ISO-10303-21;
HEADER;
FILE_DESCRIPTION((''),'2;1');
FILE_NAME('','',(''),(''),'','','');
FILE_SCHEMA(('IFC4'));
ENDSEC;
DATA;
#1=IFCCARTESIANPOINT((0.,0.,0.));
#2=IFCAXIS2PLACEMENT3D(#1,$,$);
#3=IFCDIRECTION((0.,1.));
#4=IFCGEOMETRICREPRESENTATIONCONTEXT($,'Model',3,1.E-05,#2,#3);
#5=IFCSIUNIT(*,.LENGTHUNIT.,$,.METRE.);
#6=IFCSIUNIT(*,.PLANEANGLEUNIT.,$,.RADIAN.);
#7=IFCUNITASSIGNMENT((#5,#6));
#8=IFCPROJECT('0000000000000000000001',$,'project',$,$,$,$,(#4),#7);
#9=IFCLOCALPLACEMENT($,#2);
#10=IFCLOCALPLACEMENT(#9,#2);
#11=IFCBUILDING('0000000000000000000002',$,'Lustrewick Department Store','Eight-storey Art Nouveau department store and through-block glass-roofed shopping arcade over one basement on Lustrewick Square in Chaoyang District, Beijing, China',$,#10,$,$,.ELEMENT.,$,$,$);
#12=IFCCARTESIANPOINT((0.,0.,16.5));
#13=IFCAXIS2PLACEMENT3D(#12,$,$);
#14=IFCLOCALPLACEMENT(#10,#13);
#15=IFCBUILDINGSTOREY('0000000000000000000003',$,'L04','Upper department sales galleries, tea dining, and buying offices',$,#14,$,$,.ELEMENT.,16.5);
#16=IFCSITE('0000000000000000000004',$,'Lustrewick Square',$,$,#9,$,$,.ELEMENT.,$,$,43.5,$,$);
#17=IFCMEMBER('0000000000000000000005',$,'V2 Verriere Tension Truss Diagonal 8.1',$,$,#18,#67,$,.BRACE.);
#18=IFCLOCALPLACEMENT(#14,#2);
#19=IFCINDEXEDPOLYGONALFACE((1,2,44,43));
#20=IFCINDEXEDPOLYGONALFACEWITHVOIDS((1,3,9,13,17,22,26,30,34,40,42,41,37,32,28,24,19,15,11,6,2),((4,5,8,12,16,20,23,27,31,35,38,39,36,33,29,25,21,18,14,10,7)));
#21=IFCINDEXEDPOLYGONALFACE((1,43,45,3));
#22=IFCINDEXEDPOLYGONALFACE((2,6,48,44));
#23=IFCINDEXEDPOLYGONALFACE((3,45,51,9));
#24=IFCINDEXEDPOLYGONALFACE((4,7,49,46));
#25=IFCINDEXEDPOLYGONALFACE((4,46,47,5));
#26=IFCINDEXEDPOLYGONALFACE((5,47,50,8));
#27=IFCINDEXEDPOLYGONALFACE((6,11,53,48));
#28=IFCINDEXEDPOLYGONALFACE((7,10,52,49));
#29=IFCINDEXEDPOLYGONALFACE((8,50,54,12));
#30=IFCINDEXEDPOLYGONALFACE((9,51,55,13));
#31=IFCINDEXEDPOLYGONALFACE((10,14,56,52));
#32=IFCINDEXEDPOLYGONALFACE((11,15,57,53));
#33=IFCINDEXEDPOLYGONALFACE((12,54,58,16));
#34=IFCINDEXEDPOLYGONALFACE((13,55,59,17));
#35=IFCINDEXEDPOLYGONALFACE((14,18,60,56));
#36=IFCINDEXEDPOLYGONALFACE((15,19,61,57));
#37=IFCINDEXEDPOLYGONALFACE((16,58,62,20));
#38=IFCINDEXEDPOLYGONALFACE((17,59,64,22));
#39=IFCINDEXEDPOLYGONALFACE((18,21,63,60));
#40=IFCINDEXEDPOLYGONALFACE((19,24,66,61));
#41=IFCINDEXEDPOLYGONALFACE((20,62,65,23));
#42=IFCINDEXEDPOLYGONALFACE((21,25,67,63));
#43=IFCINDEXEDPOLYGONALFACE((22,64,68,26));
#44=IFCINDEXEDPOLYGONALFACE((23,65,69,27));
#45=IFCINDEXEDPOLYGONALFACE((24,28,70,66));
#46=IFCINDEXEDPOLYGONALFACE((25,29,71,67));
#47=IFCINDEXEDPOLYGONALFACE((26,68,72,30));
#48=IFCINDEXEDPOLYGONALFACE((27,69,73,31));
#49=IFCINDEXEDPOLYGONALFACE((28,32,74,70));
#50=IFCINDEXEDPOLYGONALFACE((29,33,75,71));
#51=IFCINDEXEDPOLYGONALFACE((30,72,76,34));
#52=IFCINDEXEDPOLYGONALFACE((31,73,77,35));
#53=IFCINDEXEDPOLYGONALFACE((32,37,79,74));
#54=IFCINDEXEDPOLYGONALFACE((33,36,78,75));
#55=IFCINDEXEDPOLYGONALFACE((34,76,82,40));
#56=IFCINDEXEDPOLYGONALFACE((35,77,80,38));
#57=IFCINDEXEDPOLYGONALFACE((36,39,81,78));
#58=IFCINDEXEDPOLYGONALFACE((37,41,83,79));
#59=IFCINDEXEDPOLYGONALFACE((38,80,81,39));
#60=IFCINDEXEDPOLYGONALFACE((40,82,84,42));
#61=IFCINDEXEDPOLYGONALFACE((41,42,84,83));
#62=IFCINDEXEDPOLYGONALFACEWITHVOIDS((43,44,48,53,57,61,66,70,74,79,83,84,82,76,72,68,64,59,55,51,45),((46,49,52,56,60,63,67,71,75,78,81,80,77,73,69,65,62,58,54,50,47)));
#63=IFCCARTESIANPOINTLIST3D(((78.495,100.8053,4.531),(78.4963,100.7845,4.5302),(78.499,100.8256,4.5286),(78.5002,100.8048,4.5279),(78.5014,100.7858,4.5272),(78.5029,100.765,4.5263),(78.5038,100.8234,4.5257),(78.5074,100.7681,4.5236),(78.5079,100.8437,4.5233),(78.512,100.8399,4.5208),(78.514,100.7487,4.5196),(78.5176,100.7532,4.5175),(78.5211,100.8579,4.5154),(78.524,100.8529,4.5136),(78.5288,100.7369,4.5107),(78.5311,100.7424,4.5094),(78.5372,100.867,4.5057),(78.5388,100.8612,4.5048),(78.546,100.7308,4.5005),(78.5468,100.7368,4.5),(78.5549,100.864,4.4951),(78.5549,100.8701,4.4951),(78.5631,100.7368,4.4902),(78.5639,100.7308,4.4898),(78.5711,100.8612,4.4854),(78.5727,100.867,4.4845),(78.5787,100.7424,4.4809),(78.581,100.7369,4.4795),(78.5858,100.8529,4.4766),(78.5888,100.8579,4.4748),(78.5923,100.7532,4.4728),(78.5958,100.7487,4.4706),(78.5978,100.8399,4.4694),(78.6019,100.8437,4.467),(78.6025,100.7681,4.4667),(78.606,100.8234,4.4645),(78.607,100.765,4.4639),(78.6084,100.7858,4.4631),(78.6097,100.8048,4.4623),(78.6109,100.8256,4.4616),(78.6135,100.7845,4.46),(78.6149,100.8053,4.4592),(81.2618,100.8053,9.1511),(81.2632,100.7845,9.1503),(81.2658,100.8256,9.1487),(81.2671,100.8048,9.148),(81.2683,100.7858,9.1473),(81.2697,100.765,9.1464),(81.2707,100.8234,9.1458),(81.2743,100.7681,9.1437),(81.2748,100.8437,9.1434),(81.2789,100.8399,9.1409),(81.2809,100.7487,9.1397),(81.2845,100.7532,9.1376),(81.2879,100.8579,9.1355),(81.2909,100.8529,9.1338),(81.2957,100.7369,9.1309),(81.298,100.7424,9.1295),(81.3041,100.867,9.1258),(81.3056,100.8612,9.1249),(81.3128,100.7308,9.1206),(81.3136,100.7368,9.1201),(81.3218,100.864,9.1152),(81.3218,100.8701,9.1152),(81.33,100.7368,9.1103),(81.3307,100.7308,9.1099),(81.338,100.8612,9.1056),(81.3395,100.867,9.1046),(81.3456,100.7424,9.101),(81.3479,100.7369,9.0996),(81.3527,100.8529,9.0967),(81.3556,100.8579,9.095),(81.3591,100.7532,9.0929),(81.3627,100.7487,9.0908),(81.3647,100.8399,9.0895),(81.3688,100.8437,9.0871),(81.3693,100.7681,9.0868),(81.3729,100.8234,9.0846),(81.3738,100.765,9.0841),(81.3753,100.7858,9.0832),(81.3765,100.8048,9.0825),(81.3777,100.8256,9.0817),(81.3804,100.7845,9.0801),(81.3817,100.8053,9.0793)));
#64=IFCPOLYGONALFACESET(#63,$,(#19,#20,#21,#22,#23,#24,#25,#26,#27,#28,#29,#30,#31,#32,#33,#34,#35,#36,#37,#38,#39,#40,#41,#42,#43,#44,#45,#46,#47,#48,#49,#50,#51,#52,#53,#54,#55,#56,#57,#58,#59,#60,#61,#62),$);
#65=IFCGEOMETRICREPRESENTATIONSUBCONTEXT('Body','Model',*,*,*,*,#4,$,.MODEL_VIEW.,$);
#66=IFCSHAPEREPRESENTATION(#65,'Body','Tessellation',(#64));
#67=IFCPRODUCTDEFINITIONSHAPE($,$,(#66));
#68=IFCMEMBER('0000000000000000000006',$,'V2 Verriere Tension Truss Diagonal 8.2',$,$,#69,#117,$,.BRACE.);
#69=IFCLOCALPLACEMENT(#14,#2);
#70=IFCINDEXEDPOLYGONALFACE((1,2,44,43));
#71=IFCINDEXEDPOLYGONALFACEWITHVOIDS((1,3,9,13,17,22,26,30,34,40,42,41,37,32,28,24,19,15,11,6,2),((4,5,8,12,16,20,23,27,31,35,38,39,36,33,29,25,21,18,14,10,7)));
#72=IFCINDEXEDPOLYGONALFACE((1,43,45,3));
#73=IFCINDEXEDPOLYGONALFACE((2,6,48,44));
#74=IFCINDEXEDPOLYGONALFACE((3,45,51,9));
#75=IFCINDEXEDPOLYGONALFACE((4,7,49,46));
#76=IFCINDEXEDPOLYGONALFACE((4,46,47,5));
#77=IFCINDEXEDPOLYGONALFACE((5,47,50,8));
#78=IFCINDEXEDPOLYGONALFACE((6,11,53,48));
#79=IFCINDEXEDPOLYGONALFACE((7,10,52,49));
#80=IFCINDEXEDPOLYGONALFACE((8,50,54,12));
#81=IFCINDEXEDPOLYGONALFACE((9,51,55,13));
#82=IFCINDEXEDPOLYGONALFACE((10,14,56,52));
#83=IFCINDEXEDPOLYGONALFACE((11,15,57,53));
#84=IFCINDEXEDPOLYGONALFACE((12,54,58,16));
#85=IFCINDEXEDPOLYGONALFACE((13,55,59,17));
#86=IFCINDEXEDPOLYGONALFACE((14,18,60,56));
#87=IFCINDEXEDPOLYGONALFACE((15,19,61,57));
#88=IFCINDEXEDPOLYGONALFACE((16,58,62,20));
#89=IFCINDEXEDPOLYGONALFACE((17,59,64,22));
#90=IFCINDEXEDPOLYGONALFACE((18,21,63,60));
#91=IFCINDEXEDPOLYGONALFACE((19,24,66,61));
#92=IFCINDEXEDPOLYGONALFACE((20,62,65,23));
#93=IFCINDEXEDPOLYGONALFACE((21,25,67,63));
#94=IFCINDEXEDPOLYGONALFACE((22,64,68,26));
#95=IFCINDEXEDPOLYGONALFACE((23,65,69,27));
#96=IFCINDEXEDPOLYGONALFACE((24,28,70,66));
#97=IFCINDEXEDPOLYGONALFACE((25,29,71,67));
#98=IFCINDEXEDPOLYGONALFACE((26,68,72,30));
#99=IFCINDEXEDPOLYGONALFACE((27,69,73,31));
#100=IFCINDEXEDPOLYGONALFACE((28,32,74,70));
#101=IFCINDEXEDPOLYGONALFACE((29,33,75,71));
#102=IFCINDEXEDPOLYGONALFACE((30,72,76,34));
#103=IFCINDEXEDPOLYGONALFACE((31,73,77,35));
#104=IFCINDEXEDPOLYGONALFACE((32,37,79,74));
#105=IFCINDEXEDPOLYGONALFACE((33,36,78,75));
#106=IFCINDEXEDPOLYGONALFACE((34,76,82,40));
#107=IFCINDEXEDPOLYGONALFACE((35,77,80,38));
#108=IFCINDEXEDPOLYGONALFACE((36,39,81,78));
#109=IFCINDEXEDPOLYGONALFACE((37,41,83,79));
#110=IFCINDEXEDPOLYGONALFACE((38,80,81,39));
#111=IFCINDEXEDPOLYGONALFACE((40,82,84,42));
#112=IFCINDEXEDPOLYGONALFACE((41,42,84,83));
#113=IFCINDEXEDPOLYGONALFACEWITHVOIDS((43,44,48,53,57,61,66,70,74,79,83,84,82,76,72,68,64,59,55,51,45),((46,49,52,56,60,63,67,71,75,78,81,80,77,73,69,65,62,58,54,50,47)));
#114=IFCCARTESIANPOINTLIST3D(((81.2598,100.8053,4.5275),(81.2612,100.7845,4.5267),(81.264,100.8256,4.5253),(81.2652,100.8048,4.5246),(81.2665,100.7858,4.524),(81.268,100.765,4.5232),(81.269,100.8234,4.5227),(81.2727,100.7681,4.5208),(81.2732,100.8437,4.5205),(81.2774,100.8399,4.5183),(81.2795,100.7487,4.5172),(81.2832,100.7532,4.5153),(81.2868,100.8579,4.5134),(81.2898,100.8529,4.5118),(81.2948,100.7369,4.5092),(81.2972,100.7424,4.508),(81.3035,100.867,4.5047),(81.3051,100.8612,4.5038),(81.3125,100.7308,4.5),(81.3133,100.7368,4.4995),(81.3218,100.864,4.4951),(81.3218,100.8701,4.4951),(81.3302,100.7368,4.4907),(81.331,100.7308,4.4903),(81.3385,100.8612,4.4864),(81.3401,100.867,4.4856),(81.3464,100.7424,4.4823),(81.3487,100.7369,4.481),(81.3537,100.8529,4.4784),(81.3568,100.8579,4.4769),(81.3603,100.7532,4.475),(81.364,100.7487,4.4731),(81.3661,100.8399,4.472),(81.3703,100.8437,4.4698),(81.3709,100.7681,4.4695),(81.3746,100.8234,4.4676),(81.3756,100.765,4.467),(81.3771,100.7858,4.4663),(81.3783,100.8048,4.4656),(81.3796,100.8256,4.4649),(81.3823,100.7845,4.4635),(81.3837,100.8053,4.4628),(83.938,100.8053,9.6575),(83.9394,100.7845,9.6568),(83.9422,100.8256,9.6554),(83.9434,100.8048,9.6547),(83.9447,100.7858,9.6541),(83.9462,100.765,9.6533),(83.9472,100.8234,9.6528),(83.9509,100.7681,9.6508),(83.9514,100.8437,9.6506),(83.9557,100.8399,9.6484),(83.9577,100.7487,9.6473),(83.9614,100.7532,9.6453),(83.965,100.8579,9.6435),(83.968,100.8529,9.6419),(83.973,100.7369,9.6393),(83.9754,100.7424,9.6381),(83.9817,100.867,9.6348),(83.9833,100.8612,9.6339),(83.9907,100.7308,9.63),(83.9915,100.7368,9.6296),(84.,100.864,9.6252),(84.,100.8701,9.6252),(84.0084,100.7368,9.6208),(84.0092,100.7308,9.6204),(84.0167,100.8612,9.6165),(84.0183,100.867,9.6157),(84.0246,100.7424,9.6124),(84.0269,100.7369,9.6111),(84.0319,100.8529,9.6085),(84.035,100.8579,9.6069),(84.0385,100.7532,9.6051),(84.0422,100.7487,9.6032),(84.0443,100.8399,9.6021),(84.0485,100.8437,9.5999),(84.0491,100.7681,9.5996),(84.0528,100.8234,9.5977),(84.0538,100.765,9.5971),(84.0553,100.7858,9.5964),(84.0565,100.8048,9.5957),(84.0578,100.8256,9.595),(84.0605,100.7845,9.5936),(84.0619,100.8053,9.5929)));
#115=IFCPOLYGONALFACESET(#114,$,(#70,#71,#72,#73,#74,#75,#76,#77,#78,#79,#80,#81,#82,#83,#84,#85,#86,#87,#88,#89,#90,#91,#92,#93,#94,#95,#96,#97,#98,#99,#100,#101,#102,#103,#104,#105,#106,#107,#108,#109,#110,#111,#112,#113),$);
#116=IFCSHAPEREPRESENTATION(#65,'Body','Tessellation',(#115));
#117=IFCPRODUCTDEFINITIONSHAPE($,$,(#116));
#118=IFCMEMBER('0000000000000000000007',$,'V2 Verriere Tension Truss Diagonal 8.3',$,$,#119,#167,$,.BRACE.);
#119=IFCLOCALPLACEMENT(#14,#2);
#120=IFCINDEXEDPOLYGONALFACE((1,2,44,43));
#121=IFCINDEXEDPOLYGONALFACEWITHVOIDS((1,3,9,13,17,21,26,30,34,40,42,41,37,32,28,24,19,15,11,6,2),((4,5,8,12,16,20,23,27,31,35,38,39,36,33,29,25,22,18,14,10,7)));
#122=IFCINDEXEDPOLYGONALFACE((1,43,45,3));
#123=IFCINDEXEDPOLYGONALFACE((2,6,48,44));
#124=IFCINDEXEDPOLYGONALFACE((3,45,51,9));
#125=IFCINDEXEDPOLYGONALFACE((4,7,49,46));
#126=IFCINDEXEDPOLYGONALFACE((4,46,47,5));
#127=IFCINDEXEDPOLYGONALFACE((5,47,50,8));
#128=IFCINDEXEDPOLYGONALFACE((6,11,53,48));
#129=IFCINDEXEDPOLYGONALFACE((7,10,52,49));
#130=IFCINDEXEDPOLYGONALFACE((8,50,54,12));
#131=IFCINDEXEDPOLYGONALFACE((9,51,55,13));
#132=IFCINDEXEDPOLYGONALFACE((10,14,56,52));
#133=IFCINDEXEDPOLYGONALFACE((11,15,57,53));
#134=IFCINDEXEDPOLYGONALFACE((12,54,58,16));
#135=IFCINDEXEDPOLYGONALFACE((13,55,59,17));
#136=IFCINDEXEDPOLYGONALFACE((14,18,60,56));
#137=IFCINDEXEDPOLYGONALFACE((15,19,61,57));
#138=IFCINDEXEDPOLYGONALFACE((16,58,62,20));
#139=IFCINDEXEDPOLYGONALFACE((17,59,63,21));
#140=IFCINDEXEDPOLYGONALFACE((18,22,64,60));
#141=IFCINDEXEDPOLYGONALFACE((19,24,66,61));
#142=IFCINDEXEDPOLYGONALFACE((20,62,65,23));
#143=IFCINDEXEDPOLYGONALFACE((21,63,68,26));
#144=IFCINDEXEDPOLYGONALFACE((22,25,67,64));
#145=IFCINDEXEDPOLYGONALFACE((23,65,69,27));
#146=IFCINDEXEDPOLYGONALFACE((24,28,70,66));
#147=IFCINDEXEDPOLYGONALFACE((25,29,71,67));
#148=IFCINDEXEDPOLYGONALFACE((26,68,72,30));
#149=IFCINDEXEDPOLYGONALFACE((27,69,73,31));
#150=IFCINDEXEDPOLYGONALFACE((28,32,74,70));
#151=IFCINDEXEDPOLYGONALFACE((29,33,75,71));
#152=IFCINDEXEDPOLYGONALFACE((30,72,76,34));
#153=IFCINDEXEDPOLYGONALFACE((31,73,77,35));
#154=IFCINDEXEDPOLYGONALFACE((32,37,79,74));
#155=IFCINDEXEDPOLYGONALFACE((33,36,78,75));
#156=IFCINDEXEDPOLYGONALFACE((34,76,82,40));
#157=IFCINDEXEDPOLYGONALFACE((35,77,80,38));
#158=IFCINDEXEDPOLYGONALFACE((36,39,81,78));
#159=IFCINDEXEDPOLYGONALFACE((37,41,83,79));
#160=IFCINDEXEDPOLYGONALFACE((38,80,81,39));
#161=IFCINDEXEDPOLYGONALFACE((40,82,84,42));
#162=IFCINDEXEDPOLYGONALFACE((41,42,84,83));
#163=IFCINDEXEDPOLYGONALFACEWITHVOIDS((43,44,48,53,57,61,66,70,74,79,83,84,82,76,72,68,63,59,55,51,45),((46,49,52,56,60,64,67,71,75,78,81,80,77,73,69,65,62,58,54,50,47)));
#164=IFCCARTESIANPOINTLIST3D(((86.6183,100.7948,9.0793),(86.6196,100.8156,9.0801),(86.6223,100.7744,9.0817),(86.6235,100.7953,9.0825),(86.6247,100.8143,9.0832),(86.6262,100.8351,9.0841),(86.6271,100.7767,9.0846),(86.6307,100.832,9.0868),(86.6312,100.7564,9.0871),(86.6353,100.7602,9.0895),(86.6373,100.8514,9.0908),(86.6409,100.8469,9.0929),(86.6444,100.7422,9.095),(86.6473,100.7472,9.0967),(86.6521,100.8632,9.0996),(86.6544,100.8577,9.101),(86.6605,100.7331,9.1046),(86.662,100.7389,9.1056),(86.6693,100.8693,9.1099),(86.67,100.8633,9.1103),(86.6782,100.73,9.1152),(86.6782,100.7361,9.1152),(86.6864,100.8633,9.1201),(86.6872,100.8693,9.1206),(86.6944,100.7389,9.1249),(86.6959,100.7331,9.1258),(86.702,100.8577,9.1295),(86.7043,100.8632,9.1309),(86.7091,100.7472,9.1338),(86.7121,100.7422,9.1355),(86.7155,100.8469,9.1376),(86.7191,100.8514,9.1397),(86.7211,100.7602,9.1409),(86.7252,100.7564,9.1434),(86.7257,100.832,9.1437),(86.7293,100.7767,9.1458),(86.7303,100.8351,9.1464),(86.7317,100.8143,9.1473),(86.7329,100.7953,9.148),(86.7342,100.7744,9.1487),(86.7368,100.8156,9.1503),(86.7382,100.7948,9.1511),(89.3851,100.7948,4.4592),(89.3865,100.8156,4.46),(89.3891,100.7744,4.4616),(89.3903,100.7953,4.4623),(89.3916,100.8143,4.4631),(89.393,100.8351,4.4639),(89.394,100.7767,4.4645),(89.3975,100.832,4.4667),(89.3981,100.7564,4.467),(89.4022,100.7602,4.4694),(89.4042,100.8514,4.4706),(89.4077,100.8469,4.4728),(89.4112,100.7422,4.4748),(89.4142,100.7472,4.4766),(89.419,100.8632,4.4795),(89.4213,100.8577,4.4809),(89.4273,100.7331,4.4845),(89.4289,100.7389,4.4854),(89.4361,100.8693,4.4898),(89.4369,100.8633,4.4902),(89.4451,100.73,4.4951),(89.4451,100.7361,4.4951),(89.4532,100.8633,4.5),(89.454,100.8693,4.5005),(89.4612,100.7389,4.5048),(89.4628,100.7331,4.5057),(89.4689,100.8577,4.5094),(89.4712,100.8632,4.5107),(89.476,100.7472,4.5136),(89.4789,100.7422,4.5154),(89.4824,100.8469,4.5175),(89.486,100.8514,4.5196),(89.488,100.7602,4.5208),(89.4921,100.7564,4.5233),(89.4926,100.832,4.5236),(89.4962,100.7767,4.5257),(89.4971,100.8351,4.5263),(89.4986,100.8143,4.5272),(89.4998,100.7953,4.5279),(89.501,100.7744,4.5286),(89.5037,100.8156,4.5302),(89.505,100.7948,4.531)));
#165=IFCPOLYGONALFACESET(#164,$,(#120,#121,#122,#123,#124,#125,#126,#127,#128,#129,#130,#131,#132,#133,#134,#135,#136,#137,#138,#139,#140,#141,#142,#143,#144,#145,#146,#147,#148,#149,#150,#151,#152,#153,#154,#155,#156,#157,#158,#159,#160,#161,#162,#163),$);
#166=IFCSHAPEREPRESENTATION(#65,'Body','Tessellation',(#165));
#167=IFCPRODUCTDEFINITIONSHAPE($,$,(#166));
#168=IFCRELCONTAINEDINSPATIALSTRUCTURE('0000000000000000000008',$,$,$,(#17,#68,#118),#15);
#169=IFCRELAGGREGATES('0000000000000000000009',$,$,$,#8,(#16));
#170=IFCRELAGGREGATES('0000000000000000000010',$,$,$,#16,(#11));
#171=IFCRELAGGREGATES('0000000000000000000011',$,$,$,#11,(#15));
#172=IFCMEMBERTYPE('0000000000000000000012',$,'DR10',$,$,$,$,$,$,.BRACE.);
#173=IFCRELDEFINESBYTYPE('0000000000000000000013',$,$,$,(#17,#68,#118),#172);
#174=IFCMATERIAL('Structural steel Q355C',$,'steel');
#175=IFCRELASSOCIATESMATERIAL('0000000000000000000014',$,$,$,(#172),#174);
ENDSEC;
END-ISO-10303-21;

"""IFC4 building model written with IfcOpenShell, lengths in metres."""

from ifc_helpers import new_model, si_unit, direction, frame, origin, origin_2d, place, context, subcontext, project, spatial, hollow_circle, extrude, material, material_profile, profile_set, type_object, element, save


model = new_model("IFC4")

# Units and contexts
model_context = context("Model", 3, precision=1e-05, world=origin(), true_north=direction((0.0, 1.0)))
body_context = subcontext(model_context, "Body", "Model", "MODEL_VIEW")
ifc_project = project(units=[si_unit("LENGTHUNIT", "METRE"), si_unit("PLANEANGLEUNIT", "RADIAN")], contexts=[model_context])

# Site, building, storey
site_placement = place(None, origin())
site = spatial("IfcSite", under=ifc_project, at=site_placement, Name="Lustrewick Square", CompositionType="ELEMENT", RefElevation=43.5)
building_placement = place(site_placement, origin())
building = spatial("IfcBuilding", under=site, at=building_placement, Name="Lustrewick Department Store", Description="Eight-storey Art Nouveau department store and through-block glass-roofed shopping arcade over one basement on Lustrewick Square in Chaoyang District, Beijing, China", CompositionType="ELEMENT")
storey_placement = place(building_placement, frame((0.0, 0.0, 16.5)))
storey = spatial("IfcBuildingStorey", under=building, at=storey_placement, Name="L04", Description="Upper department sales galleries, tea dining, and buying offices", CompositionType="ELEMENT", Elevation=16.5)

# Shared definitions
ifc_material_1 = material(Name="Structural steel Q355C", Category="steel")

# Members
ifc_material_profile_1 = material_profile(ifc_material_1, hollow_circle(Radius=0.0701, WallThickness=0.0061, at=origin_2d()), Name="CHS 140x6")
ifc_profile_set_1 = profile_set([ifc_material_profile_1], Name="Structural steel Q355C")
member_type_1 = type_object("IfcMemberType", Name="DR10", PredefinedType="BRACE", material=ifc_profile_set_1)
member_1_placement = place(storey_placement, frame((78.5549, 100.8, 4.4951), z_axis=(0.513782, 0.0, 0.857921), x_axis=(0.0, 1.0, 0.0)))
element("IfcMember", 1, at=member_1_placement, inside=storey, type_object=member_type_1, Name="V2 Verriere Tension Truss Diagonal 8.1", PredefinedType="BRACE", context=body_context, shape_type="SweptSolid", body=[
    extrude(hollow_circle(Radius=0.0701, WallThickness=0.0061, at=origin_2d()), origin(), (0.0, 0.0, 1.0), 5.3853),
])
member_2_placement = place(storey_placement, frame((81.3218, 100.8, 4.4951), z_axis=(0.462788, 0.0, 0.886469), x_axis=(0.0, 1.0, 0.0)))
element("IfcMember", 2, at=member_2_placement, inside=storey, type_object=member_type_1, Name="V2 Verriere Tension Truss Diagonal 8.2", PredefinedType="BRACE", context=body_context, shape_type="SweptSolid", body=[
    extrude(hollow_circle(Radius=0.0701, WallThickness=0.0061, at=origin_2d()), origin(), (0.0, 0.0, 1.0), 5.7871),
])
member_3_placement = place(storey_placement, frame((89.4451, 100.8, 4.4951), z_axis=(-0.513782, 0.0, 0.857921), x_axis=(0.0, -1.0, 0.0)))
element("IfcMember", 3, at=member_3_placement, inside=storey, type_object=member_type_1, Name="V2 Verriere Tension Truss Diagonal 8.3", PredefinedType="BRACE", context=body_context, shape_type="SweptSolid", body=[
    extrude(hollow_circle(Radius=0.0701, WallThickness=0.0061, at=origin_2d()), origin(), (0.0, 0.0, 1.0), 5.3853),
])

save(model, "model.ifc")
